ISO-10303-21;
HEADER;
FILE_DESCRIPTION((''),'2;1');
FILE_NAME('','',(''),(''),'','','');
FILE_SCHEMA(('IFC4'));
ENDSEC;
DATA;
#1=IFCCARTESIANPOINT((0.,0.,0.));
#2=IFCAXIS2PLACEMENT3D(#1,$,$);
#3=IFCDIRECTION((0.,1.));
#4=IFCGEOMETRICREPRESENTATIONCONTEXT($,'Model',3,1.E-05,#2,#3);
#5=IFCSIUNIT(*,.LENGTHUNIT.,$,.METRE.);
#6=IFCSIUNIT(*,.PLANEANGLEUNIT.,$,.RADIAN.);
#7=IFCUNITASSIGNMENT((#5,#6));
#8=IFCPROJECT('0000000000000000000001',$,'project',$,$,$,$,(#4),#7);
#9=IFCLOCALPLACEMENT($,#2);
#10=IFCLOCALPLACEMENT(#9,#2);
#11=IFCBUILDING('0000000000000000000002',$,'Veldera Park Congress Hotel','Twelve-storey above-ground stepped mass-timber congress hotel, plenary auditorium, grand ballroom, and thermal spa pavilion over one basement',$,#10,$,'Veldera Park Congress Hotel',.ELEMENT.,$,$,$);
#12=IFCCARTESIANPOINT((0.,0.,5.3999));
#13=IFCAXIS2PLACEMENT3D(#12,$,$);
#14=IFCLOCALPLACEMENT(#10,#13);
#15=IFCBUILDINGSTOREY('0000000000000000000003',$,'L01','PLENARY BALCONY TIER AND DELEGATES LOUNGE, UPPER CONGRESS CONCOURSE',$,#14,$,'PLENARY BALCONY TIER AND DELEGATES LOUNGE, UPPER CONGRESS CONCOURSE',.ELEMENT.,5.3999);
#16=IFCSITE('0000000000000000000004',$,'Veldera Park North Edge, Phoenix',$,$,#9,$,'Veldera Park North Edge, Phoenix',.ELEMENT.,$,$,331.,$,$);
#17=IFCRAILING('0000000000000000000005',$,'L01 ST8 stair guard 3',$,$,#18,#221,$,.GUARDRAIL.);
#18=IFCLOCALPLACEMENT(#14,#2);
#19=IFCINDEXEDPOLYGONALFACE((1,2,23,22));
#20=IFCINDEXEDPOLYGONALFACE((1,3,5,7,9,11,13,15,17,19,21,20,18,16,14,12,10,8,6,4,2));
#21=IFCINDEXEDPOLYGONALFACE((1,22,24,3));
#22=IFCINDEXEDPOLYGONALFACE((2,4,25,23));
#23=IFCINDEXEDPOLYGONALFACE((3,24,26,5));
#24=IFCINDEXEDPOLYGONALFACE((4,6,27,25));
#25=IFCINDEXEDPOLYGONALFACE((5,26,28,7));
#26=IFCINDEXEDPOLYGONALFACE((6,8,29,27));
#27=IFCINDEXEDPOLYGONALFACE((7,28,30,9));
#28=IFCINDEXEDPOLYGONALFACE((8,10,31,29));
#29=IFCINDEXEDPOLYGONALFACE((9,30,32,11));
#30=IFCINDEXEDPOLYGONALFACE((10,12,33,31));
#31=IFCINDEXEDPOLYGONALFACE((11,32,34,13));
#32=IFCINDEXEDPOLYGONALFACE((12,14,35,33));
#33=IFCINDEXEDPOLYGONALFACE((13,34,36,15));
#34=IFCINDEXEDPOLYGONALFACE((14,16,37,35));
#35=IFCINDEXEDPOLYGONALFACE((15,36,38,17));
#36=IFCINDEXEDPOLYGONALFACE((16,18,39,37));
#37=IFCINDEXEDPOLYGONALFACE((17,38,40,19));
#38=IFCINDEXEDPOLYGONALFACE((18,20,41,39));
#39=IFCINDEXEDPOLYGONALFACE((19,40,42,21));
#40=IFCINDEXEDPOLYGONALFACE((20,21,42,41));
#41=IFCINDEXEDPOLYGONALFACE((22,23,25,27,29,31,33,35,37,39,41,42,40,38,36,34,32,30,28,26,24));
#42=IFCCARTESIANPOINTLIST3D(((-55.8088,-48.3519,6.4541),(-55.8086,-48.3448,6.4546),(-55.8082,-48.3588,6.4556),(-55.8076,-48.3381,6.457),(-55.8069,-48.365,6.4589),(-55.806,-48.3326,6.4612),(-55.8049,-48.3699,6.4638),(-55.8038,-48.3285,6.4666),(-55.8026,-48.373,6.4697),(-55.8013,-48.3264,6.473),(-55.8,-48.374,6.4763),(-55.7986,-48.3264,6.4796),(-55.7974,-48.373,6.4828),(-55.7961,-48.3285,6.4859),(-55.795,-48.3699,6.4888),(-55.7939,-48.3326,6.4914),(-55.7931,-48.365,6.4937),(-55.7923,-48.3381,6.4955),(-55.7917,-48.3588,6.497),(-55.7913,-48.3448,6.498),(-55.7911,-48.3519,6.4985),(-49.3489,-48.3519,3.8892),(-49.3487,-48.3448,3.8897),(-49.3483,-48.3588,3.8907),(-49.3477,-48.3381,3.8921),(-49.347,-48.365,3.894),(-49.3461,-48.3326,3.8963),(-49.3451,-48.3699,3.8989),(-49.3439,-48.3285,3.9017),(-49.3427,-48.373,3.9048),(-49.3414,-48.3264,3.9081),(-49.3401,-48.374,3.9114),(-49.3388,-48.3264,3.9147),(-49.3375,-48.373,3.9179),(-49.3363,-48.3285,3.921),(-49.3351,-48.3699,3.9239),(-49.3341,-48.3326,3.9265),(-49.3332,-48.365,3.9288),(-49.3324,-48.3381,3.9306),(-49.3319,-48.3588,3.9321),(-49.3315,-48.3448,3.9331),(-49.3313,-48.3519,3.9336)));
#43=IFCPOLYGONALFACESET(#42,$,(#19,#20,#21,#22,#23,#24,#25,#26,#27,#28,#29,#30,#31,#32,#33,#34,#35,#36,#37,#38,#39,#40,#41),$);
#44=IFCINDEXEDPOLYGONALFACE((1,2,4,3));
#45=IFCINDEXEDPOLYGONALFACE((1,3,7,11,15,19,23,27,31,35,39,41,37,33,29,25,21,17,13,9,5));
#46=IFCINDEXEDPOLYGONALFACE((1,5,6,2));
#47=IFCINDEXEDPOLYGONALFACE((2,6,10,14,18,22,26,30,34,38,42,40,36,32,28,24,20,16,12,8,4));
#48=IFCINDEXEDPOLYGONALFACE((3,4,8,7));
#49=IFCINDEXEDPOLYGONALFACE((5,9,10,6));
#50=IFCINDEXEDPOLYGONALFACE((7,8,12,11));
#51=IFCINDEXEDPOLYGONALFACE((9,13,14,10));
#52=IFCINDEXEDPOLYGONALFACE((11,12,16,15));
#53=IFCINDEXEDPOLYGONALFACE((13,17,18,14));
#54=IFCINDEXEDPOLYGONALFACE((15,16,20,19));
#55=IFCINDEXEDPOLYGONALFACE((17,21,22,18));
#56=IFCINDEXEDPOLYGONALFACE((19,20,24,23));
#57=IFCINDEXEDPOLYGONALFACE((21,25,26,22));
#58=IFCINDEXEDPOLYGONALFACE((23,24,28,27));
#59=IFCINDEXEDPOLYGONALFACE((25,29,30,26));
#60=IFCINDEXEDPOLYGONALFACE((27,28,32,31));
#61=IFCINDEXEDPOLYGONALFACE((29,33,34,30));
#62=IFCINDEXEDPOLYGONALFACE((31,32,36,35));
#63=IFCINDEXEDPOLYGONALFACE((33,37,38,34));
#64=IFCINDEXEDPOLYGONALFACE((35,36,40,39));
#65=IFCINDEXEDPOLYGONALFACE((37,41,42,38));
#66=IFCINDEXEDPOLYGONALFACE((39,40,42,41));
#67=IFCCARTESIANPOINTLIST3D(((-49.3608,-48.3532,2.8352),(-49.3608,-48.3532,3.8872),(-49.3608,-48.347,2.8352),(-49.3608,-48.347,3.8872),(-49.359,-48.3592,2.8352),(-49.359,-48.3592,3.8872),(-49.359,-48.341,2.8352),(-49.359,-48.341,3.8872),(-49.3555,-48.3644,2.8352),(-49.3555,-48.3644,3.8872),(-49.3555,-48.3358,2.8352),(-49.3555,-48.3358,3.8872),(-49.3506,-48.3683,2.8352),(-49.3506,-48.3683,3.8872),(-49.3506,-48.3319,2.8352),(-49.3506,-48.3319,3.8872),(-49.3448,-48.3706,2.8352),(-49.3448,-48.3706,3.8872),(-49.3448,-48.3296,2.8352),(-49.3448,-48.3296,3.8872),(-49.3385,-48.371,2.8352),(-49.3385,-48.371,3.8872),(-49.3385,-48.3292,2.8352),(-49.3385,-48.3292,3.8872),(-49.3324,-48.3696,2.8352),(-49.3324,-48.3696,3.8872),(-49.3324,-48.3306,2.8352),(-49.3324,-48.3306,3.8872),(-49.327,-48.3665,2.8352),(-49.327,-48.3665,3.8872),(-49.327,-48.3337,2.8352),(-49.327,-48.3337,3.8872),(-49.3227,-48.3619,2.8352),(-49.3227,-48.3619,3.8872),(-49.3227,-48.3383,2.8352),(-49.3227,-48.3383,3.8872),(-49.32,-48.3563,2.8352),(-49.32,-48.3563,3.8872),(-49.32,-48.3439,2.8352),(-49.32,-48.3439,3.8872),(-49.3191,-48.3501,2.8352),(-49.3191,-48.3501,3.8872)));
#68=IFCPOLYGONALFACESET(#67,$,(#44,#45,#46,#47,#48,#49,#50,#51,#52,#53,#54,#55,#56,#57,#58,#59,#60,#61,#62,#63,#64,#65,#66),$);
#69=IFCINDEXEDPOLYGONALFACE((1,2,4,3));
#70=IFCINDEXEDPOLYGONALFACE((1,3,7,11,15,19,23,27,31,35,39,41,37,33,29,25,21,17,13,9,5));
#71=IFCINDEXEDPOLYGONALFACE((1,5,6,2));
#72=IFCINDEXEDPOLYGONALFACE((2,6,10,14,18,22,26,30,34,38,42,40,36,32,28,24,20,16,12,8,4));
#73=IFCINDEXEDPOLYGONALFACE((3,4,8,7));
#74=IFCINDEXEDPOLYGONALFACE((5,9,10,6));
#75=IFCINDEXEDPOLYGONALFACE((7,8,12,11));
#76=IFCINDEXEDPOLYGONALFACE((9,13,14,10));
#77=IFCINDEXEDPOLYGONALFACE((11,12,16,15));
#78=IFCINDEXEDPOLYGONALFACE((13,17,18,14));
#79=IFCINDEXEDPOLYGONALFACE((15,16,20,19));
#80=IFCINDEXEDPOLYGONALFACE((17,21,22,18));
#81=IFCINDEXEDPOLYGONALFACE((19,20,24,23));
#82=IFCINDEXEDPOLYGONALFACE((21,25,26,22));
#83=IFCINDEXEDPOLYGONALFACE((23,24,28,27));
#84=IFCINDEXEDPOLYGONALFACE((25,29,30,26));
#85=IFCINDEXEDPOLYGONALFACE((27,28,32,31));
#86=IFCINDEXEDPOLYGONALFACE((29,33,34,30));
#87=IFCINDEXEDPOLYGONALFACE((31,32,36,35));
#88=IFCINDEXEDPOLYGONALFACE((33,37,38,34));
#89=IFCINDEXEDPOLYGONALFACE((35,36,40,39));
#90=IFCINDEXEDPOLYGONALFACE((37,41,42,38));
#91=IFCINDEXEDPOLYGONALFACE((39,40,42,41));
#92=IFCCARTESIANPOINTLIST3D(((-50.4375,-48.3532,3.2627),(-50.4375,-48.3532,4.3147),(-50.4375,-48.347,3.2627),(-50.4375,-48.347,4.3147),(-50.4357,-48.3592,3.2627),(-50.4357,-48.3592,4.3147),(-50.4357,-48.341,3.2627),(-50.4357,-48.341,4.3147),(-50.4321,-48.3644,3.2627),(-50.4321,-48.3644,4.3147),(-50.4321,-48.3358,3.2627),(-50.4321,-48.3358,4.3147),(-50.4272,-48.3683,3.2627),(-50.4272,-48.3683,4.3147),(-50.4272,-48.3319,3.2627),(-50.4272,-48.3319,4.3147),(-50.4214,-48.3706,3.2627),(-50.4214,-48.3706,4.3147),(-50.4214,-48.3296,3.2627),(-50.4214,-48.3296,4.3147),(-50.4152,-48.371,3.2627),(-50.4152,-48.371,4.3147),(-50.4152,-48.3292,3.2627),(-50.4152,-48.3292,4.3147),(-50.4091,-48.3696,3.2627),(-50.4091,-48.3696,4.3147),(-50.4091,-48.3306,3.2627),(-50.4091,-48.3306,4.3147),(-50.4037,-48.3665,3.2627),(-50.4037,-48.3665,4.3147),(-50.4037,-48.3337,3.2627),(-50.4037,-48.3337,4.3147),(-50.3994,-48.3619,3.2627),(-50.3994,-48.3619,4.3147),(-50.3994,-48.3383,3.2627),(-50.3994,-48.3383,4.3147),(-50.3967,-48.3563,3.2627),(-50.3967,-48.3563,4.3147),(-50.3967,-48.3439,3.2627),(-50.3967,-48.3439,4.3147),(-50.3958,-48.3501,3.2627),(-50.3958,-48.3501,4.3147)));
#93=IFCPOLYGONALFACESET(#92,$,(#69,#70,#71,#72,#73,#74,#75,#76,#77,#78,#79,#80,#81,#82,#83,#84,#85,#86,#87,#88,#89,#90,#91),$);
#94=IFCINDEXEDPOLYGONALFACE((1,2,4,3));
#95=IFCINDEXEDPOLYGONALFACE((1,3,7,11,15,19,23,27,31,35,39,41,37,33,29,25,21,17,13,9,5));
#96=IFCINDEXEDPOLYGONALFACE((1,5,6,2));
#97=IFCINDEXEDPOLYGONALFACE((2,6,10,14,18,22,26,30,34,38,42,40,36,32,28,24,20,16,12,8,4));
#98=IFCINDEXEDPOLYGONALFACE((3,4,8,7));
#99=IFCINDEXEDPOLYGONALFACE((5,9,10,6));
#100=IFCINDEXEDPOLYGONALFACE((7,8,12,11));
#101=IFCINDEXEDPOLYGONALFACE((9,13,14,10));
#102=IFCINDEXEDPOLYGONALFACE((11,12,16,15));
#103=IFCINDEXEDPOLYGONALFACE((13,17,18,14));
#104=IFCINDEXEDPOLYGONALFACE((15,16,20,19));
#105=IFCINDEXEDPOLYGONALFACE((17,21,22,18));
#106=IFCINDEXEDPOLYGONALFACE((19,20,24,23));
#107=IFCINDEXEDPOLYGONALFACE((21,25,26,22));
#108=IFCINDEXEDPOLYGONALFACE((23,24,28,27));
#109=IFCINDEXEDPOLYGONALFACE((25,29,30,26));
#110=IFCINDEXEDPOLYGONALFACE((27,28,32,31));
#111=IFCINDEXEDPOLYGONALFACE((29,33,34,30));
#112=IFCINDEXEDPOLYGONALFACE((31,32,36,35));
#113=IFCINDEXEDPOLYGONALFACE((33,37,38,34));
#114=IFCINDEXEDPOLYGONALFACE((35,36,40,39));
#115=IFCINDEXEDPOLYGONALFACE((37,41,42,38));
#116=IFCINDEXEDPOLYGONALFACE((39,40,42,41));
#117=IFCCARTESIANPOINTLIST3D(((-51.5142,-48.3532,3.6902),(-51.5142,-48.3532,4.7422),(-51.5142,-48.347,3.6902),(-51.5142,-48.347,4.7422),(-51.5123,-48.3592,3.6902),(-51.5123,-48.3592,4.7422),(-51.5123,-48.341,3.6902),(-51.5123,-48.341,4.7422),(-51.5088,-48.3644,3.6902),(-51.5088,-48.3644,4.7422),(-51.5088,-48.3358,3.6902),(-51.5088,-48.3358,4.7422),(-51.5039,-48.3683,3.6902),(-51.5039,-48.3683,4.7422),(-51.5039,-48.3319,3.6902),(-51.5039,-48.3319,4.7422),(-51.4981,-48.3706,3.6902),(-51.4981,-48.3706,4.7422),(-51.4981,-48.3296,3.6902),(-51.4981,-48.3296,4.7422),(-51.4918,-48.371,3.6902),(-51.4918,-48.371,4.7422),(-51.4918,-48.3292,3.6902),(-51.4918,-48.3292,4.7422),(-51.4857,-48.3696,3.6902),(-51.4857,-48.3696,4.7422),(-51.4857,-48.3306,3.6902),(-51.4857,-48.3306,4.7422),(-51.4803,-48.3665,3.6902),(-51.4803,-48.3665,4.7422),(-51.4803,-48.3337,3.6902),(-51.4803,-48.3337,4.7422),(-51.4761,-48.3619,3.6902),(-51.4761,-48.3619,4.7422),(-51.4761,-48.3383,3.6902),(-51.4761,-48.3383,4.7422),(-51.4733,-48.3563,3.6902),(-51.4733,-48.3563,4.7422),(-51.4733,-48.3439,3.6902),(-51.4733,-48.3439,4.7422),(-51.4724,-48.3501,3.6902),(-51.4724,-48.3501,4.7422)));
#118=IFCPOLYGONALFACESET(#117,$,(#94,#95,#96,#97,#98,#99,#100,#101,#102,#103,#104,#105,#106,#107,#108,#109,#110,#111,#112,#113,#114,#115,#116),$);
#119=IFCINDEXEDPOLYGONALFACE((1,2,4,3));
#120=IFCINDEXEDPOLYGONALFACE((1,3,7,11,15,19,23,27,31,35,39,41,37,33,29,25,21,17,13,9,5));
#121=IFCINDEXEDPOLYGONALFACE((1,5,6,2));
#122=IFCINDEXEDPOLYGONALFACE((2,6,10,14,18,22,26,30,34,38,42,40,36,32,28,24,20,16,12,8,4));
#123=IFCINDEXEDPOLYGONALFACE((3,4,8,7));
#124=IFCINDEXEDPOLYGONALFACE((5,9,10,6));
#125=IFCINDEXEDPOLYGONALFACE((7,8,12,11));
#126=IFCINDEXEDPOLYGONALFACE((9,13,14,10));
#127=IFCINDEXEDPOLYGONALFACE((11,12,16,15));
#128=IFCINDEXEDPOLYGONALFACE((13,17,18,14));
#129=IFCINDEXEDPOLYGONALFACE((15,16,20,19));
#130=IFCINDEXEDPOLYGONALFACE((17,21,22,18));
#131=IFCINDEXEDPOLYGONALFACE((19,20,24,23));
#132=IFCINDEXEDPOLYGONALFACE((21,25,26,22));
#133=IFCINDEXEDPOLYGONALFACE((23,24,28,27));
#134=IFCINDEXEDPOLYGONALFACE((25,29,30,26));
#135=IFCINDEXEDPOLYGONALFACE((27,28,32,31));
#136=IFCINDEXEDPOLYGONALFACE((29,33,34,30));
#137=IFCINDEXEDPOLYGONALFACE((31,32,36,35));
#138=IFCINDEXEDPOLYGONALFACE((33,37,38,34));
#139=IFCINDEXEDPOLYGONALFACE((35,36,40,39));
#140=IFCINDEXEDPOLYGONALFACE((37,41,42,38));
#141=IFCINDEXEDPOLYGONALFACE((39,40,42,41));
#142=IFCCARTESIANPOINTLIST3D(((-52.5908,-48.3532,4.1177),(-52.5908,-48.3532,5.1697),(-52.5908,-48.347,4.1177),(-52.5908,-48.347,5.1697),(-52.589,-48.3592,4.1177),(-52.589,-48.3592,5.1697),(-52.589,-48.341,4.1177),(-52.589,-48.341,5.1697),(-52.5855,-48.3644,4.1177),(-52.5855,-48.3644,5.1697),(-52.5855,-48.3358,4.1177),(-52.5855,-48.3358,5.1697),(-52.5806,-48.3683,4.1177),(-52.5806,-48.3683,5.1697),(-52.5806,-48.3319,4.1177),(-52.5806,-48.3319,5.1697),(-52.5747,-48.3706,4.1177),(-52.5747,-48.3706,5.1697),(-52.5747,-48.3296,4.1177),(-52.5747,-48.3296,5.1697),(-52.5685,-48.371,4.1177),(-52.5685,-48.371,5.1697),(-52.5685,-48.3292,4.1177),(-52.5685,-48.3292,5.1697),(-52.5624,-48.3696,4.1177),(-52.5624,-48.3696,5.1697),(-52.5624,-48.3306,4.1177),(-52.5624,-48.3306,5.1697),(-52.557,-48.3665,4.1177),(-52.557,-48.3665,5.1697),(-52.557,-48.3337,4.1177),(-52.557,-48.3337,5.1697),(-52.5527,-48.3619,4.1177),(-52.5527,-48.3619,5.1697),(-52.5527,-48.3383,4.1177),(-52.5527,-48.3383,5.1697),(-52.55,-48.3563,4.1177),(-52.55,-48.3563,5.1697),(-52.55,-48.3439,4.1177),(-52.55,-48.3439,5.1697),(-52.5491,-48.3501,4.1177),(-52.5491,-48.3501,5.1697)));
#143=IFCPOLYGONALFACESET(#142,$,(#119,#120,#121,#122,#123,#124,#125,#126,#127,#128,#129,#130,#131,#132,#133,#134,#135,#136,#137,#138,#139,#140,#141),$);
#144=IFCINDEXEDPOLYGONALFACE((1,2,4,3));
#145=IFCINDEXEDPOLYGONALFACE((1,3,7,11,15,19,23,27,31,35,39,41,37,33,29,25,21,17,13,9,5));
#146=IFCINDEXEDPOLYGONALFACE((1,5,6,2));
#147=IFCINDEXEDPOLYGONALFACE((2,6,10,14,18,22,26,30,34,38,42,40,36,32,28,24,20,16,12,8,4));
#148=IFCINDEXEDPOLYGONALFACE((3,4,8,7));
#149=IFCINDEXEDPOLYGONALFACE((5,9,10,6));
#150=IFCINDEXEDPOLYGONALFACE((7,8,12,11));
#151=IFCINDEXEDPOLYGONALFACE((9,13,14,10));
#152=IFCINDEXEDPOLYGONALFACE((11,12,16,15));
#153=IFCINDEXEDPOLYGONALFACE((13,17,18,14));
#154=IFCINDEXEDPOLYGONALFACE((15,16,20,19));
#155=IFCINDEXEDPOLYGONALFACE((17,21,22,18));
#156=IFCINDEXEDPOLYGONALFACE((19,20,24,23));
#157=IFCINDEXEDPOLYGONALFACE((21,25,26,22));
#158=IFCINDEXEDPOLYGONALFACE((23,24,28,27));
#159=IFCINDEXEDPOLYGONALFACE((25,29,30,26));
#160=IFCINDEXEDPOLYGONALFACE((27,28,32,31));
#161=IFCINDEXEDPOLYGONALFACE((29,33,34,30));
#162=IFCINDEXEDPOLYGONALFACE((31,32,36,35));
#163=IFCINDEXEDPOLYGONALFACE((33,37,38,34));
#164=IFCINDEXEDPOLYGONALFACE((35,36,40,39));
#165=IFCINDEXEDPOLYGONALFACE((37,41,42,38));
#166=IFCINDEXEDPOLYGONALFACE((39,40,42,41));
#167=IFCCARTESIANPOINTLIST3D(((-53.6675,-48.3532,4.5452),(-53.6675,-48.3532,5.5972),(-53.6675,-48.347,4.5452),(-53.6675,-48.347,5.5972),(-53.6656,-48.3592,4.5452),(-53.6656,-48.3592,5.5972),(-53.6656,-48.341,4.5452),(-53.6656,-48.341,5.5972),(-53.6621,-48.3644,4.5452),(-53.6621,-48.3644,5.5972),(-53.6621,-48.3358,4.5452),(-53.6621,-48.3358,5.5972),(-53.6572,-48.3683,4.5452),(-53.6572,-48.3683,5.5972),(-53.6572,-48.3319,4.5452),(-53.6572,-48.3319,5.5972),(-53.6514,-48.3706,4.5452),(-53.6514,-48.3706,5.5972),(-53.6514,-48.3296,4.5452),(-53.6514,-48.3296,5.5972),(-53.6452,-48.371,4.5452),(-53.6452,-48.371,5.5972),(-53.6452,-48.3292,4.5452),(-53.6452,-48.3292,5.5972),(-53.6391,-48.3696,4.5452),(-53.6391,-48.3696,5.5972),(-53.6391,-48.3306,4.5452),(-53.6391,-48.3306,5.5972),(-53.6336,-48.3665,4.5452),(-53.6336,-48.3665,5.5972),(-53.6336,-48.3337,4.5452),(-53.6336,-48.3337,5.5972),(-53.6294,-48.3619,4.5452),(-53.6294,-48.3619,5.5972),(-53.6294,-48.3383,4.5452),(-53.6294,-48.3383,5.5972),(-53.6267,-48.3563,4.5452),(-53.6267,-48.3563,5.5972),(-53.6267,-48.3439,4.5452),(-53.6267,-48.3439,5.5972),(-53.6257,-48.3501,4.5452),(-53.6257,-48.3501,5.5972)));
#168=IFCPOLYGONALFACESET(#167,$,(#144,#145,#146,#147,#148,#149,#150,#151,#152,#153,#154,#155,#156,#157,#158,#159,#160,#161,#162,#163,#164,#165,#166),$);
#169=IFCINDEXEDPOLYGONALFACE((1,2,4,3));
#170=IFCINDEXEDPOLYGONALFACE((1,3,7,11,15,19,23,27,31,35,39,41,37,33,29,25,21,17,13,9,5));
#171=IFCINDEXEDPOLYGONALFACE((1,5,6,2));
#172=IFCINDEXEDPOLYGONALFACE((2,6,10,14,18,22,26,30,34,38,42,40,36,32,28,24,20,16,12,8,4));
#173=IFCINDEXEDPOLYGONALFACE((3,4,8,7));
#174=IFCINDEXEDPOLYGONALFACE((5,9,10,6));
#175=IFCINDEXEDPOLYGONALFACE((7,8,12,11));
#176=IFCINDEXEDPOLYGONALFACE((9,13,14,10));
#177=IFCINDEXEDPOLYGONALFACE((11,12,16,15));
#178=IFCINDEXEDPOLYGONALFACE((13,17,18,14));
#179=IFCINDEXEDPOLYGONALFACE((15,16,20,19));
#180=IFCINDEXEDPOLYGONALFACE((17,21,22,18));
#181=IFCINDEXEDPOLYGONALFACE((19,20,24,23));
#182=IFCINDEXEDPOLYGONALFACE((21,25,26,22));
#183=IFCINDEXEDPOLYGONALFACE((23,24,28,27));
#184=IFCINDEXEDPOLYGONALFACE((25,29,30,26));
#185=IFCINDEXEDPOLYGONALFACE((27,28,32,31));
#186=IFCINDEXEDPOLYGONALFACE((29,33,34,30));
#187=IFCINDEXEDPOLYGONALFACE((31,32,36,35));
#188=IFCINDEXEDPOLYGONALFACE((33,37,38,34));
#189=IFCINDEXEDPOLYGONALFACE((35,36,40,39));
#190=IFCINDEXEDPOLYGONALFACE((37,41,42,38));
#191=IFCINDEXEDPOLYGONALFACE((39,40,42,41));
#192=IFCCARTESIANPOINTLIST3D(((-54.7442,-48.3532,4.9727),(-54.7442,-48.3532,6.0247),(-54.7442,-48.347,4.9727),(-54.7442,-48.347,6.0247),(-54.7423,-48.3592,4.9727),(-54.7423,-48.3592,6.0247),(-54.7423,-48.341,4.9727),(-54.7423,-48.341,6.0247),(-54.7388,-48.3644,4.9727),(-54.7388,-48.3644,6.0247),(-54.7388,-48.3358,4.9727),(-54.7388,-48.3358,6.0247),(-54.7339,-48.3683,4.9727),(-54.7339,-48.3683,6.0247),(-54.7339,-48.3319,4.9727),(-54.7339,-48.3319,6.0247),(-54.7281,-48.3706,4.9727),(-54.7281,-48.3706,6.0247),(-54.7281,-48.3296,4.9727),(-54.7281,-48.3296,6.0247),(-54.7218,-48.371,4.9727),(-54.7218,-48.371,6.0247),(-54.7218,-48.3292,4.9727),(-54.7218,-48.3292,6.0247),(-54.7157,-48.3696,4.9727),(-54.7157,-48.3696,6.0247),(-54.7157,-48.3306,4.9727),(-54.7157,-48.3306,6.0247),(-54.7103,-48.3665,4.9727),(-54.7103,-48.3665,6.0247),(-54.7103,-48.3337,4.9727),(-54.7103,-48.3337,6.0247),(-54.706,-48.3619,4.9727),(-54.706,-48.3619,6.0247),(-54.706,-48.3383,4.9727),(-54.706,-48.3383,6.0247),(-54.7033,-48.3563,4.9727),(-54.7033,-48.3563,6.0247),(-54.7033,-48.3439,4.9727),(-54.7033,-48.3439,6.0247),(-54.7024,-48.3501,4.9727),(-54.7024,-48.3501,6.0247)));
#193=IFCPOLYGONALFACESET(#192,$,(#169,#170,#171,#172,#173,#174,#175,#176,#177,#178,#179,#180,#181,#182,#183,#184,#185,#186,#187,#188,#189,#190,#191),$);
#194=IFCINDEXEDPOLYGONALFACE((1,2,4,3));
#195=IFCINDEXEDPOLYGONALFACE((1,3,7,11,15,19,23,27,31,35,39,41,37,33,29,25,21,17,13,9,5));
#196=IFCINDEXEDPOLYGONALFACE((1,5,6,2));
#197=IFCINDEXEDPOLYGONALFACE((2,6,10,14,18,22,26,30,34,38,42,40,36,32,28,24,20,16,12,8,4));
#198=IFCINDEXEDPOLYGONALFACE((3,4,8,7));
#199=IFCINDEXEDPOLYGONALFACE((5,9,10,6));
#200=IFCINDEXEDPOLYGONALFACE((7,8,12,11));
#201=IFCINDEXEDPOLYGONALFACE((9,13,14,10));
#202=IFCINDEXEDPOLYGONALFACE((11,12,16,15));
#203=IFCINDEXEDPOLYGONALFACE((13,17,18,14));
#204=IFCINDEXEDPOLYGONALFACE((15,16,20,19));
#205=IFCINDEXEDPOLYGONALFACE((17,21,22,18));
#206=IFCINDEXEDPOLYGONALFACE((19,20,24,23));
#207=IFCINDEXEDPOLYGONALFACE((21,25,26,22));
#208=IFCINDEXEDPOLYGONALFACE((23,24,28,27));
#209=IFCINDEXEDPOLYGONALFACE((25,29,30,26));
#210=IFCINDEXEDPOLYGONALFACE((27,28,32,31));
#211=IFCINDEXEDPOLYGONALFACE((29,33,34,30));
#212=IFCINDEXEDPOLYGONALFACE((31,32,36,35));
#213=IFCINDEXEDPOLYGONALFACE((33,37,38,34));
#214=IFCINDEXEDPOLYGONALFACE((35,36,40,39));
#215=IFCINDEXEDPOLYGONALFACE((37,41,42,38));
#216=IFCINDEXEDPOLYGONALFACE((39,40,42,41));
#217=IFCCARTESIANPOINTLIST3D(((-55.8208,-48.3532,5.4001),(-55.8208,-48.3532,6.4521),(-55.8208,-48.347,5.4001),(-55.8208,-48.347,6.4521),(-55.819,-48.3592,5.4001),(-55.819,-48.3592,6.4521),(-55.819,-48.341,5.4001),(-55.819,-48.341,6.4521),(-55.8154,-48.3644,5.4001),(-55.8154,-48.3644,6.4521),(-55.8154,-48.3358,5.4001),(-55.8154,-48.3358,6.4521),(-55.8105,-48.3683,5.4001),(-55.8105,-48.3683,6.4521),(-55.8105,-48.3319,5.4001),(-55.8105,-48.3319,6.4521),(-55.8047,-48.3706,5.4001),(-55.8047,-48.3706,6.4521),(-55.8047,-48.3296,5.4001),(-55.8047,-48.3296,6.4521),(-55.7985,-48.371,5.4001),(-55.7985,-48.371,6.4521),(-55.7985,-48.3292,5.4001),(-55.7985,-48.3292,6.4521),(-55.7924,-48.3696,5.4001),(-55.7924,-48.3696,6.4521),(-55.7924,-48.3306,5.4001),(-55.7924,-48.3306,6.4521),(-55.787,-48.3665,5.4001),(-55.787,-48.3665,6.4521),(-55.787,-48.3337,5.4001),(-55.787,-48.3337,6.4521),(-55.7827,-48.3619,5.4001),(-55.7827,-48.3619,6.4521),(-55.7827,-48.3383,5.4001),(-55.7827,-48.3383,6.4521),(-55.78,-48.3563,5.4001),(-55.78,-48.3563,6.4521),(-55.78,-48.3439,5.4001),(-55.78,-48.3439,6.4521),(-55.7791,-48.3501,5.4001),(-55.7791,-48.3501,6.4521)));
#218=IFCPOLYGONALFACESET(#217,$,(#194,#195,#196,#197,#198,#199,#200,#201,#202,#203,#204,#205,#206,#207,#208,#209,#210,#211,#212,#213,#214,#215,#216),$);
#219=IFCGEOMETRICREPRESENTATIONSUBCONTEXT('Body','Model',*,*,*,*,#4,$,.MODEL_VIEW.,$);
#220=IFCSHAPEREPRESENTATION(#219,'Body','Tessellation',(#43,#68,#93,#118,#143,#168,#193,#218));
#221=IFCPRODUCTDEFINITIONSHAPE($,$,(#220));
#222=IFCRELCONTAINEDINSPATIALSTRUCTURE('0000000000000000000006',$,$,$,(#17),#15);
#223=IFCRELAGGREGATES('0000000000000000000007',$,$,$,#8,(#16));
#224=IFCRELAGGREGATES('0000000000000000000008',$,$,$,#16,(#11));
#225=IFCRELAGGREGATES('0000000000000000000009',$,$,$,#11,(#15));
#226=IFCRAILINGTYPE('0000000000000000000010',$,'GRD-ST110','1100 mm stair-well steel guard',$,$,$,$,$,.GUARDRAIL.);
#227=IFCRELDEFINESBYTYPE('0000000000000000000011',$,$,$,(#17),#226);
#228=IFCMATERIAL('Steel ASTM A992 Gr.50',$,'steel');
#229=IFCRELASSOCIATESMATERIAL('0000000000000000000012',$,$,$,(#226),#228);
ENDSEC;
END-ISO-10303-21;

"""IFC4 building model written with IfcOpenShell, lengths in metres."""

from ifc_helpers import new_model, si_unit, direction, frame, origin, origin_2d, place, context, subcontext, project, spatial, circle, extrude, material, type_object, element, save


model = new_model("IFC4")

# Units and contexts
model_context = context("Model", 3, precision=1e-05, world=origin(), true_north=direction((0.0, 1.0)))
body_context = subcontext(model_context, "Body", "Model", "MODEL_VIEW")
ifc_project = project(units=[si_unit("LENGTHUNIT", "METRE"), si_unit("PLANEANGLEUNIT", "RADIAN")], contexts=[model_context])

# Site, building, storey
site_placement = place(None, origin())
site = spatial("IfcSite", under=ifc_project, at=site_placement, Name="Veldera Park North Edge, Phoenix", LongName="Veldera Park North Edge, Phoenix", CompositionType="ELEMENT", RefElevation=331.0)
building_placement = place(site_placement, origin())
building = spatial("IfcBuilding", under=site, at=building_placement, Name="Veldera Park Congress Hotel", Description="Twelve-storey above-ground stepped mass-timber congress hotel, plenary auditorium, grand ballroom, and thermal spa pavilion over one basement", LongName="Veldera Park Congress Hotel", CompositionType="ELEMENT")
storey_placement = place(building_placement, frame((0.0, 0.0, 5.3999)))
storey = spatial("IfcBuildingStorey", under=building, at=storey_placement, Name="L01", Description="PLENARY BALCONY TIER AND DELEGATES LOUNGE, UPPER CONGRESS CONCOURSE", LongName="PLENARY BALCONY TIER AND DELEGATES LOUNGE, UPPER CONGRESS CONCOURSE", CompositionType="ELEMENT", Elevation=5.3999)

# Shared definitions
ifc_material_1 = material(Name="Steel ASTM A992 Gr.50", Category="steel")

# Railing
railing_type = type_object("IfcRailingType", Name="GRD-ST110", Description="1100 mm stair-well steel guard", PredefinedType="GUARDRAIL", material=ifc_material_1)
railing_1_placement = place(storey_placement, frame((-49.3401, -48.3501, 2.8352)))
element("IfcRailing", 1, at=railing_1_placement, inside=storey, type_object=railing_type, Name="L01 ST8 stair guard 3", PredefinedType="GUARDRAIL", context=body_context, shape_type="SweptSolid", body=[
    extrude(circle(Radius=0.0239, at=origin_2d()), frame((0.0, 0.0, 1.0762), z_axis=(-0.929418, 0.0, 0.369028), x_axis=(0.0, -1.0, 0.0)), (0.0, 0.0, 1.0), 6.9504),
    extrude(circle(Radius=0.021, at=origin_2d()), origin(), (0.0, 0.0, 1.0), 1.052),
    extrude(circle(Radius=0.021, at=origin_2d()), frame((-1.0767, 0.0, 0.4275)), (0.0, 0.0, 1.0), 1.052),
    extrude(circle(Radius=0.021, at=origin_2d()), frame((-2.1533, 0.0, 0.855)), (0.0, 0.0, 1.0), 1.052),
    extrude(circle(Radius=0.021, at=origin_2d()), frame((-3.23, 0.0, 1.2825)), (0.0, 0.0, 1.0), 1.052),
    extrude(circle(Radius=0.021, at=origin_2d()), frame((-4.3066, 0.0, 1.71)), (0.0, 0.0, 1.0), 1.052),
    extrude(circle(Radius=0.021, at=origin_2d()), frame((-5.3833, 0.0, 2.1375)), (0.0, 0.0, 1.0), 1.052),
    extrude(circle(Radius=0.021, at=origin_2d()), frame((-6.46, 0.0, 2.5649)), (0.0, 0.0, 1.0), 1.052),
])

save(model, "model.ifc")
